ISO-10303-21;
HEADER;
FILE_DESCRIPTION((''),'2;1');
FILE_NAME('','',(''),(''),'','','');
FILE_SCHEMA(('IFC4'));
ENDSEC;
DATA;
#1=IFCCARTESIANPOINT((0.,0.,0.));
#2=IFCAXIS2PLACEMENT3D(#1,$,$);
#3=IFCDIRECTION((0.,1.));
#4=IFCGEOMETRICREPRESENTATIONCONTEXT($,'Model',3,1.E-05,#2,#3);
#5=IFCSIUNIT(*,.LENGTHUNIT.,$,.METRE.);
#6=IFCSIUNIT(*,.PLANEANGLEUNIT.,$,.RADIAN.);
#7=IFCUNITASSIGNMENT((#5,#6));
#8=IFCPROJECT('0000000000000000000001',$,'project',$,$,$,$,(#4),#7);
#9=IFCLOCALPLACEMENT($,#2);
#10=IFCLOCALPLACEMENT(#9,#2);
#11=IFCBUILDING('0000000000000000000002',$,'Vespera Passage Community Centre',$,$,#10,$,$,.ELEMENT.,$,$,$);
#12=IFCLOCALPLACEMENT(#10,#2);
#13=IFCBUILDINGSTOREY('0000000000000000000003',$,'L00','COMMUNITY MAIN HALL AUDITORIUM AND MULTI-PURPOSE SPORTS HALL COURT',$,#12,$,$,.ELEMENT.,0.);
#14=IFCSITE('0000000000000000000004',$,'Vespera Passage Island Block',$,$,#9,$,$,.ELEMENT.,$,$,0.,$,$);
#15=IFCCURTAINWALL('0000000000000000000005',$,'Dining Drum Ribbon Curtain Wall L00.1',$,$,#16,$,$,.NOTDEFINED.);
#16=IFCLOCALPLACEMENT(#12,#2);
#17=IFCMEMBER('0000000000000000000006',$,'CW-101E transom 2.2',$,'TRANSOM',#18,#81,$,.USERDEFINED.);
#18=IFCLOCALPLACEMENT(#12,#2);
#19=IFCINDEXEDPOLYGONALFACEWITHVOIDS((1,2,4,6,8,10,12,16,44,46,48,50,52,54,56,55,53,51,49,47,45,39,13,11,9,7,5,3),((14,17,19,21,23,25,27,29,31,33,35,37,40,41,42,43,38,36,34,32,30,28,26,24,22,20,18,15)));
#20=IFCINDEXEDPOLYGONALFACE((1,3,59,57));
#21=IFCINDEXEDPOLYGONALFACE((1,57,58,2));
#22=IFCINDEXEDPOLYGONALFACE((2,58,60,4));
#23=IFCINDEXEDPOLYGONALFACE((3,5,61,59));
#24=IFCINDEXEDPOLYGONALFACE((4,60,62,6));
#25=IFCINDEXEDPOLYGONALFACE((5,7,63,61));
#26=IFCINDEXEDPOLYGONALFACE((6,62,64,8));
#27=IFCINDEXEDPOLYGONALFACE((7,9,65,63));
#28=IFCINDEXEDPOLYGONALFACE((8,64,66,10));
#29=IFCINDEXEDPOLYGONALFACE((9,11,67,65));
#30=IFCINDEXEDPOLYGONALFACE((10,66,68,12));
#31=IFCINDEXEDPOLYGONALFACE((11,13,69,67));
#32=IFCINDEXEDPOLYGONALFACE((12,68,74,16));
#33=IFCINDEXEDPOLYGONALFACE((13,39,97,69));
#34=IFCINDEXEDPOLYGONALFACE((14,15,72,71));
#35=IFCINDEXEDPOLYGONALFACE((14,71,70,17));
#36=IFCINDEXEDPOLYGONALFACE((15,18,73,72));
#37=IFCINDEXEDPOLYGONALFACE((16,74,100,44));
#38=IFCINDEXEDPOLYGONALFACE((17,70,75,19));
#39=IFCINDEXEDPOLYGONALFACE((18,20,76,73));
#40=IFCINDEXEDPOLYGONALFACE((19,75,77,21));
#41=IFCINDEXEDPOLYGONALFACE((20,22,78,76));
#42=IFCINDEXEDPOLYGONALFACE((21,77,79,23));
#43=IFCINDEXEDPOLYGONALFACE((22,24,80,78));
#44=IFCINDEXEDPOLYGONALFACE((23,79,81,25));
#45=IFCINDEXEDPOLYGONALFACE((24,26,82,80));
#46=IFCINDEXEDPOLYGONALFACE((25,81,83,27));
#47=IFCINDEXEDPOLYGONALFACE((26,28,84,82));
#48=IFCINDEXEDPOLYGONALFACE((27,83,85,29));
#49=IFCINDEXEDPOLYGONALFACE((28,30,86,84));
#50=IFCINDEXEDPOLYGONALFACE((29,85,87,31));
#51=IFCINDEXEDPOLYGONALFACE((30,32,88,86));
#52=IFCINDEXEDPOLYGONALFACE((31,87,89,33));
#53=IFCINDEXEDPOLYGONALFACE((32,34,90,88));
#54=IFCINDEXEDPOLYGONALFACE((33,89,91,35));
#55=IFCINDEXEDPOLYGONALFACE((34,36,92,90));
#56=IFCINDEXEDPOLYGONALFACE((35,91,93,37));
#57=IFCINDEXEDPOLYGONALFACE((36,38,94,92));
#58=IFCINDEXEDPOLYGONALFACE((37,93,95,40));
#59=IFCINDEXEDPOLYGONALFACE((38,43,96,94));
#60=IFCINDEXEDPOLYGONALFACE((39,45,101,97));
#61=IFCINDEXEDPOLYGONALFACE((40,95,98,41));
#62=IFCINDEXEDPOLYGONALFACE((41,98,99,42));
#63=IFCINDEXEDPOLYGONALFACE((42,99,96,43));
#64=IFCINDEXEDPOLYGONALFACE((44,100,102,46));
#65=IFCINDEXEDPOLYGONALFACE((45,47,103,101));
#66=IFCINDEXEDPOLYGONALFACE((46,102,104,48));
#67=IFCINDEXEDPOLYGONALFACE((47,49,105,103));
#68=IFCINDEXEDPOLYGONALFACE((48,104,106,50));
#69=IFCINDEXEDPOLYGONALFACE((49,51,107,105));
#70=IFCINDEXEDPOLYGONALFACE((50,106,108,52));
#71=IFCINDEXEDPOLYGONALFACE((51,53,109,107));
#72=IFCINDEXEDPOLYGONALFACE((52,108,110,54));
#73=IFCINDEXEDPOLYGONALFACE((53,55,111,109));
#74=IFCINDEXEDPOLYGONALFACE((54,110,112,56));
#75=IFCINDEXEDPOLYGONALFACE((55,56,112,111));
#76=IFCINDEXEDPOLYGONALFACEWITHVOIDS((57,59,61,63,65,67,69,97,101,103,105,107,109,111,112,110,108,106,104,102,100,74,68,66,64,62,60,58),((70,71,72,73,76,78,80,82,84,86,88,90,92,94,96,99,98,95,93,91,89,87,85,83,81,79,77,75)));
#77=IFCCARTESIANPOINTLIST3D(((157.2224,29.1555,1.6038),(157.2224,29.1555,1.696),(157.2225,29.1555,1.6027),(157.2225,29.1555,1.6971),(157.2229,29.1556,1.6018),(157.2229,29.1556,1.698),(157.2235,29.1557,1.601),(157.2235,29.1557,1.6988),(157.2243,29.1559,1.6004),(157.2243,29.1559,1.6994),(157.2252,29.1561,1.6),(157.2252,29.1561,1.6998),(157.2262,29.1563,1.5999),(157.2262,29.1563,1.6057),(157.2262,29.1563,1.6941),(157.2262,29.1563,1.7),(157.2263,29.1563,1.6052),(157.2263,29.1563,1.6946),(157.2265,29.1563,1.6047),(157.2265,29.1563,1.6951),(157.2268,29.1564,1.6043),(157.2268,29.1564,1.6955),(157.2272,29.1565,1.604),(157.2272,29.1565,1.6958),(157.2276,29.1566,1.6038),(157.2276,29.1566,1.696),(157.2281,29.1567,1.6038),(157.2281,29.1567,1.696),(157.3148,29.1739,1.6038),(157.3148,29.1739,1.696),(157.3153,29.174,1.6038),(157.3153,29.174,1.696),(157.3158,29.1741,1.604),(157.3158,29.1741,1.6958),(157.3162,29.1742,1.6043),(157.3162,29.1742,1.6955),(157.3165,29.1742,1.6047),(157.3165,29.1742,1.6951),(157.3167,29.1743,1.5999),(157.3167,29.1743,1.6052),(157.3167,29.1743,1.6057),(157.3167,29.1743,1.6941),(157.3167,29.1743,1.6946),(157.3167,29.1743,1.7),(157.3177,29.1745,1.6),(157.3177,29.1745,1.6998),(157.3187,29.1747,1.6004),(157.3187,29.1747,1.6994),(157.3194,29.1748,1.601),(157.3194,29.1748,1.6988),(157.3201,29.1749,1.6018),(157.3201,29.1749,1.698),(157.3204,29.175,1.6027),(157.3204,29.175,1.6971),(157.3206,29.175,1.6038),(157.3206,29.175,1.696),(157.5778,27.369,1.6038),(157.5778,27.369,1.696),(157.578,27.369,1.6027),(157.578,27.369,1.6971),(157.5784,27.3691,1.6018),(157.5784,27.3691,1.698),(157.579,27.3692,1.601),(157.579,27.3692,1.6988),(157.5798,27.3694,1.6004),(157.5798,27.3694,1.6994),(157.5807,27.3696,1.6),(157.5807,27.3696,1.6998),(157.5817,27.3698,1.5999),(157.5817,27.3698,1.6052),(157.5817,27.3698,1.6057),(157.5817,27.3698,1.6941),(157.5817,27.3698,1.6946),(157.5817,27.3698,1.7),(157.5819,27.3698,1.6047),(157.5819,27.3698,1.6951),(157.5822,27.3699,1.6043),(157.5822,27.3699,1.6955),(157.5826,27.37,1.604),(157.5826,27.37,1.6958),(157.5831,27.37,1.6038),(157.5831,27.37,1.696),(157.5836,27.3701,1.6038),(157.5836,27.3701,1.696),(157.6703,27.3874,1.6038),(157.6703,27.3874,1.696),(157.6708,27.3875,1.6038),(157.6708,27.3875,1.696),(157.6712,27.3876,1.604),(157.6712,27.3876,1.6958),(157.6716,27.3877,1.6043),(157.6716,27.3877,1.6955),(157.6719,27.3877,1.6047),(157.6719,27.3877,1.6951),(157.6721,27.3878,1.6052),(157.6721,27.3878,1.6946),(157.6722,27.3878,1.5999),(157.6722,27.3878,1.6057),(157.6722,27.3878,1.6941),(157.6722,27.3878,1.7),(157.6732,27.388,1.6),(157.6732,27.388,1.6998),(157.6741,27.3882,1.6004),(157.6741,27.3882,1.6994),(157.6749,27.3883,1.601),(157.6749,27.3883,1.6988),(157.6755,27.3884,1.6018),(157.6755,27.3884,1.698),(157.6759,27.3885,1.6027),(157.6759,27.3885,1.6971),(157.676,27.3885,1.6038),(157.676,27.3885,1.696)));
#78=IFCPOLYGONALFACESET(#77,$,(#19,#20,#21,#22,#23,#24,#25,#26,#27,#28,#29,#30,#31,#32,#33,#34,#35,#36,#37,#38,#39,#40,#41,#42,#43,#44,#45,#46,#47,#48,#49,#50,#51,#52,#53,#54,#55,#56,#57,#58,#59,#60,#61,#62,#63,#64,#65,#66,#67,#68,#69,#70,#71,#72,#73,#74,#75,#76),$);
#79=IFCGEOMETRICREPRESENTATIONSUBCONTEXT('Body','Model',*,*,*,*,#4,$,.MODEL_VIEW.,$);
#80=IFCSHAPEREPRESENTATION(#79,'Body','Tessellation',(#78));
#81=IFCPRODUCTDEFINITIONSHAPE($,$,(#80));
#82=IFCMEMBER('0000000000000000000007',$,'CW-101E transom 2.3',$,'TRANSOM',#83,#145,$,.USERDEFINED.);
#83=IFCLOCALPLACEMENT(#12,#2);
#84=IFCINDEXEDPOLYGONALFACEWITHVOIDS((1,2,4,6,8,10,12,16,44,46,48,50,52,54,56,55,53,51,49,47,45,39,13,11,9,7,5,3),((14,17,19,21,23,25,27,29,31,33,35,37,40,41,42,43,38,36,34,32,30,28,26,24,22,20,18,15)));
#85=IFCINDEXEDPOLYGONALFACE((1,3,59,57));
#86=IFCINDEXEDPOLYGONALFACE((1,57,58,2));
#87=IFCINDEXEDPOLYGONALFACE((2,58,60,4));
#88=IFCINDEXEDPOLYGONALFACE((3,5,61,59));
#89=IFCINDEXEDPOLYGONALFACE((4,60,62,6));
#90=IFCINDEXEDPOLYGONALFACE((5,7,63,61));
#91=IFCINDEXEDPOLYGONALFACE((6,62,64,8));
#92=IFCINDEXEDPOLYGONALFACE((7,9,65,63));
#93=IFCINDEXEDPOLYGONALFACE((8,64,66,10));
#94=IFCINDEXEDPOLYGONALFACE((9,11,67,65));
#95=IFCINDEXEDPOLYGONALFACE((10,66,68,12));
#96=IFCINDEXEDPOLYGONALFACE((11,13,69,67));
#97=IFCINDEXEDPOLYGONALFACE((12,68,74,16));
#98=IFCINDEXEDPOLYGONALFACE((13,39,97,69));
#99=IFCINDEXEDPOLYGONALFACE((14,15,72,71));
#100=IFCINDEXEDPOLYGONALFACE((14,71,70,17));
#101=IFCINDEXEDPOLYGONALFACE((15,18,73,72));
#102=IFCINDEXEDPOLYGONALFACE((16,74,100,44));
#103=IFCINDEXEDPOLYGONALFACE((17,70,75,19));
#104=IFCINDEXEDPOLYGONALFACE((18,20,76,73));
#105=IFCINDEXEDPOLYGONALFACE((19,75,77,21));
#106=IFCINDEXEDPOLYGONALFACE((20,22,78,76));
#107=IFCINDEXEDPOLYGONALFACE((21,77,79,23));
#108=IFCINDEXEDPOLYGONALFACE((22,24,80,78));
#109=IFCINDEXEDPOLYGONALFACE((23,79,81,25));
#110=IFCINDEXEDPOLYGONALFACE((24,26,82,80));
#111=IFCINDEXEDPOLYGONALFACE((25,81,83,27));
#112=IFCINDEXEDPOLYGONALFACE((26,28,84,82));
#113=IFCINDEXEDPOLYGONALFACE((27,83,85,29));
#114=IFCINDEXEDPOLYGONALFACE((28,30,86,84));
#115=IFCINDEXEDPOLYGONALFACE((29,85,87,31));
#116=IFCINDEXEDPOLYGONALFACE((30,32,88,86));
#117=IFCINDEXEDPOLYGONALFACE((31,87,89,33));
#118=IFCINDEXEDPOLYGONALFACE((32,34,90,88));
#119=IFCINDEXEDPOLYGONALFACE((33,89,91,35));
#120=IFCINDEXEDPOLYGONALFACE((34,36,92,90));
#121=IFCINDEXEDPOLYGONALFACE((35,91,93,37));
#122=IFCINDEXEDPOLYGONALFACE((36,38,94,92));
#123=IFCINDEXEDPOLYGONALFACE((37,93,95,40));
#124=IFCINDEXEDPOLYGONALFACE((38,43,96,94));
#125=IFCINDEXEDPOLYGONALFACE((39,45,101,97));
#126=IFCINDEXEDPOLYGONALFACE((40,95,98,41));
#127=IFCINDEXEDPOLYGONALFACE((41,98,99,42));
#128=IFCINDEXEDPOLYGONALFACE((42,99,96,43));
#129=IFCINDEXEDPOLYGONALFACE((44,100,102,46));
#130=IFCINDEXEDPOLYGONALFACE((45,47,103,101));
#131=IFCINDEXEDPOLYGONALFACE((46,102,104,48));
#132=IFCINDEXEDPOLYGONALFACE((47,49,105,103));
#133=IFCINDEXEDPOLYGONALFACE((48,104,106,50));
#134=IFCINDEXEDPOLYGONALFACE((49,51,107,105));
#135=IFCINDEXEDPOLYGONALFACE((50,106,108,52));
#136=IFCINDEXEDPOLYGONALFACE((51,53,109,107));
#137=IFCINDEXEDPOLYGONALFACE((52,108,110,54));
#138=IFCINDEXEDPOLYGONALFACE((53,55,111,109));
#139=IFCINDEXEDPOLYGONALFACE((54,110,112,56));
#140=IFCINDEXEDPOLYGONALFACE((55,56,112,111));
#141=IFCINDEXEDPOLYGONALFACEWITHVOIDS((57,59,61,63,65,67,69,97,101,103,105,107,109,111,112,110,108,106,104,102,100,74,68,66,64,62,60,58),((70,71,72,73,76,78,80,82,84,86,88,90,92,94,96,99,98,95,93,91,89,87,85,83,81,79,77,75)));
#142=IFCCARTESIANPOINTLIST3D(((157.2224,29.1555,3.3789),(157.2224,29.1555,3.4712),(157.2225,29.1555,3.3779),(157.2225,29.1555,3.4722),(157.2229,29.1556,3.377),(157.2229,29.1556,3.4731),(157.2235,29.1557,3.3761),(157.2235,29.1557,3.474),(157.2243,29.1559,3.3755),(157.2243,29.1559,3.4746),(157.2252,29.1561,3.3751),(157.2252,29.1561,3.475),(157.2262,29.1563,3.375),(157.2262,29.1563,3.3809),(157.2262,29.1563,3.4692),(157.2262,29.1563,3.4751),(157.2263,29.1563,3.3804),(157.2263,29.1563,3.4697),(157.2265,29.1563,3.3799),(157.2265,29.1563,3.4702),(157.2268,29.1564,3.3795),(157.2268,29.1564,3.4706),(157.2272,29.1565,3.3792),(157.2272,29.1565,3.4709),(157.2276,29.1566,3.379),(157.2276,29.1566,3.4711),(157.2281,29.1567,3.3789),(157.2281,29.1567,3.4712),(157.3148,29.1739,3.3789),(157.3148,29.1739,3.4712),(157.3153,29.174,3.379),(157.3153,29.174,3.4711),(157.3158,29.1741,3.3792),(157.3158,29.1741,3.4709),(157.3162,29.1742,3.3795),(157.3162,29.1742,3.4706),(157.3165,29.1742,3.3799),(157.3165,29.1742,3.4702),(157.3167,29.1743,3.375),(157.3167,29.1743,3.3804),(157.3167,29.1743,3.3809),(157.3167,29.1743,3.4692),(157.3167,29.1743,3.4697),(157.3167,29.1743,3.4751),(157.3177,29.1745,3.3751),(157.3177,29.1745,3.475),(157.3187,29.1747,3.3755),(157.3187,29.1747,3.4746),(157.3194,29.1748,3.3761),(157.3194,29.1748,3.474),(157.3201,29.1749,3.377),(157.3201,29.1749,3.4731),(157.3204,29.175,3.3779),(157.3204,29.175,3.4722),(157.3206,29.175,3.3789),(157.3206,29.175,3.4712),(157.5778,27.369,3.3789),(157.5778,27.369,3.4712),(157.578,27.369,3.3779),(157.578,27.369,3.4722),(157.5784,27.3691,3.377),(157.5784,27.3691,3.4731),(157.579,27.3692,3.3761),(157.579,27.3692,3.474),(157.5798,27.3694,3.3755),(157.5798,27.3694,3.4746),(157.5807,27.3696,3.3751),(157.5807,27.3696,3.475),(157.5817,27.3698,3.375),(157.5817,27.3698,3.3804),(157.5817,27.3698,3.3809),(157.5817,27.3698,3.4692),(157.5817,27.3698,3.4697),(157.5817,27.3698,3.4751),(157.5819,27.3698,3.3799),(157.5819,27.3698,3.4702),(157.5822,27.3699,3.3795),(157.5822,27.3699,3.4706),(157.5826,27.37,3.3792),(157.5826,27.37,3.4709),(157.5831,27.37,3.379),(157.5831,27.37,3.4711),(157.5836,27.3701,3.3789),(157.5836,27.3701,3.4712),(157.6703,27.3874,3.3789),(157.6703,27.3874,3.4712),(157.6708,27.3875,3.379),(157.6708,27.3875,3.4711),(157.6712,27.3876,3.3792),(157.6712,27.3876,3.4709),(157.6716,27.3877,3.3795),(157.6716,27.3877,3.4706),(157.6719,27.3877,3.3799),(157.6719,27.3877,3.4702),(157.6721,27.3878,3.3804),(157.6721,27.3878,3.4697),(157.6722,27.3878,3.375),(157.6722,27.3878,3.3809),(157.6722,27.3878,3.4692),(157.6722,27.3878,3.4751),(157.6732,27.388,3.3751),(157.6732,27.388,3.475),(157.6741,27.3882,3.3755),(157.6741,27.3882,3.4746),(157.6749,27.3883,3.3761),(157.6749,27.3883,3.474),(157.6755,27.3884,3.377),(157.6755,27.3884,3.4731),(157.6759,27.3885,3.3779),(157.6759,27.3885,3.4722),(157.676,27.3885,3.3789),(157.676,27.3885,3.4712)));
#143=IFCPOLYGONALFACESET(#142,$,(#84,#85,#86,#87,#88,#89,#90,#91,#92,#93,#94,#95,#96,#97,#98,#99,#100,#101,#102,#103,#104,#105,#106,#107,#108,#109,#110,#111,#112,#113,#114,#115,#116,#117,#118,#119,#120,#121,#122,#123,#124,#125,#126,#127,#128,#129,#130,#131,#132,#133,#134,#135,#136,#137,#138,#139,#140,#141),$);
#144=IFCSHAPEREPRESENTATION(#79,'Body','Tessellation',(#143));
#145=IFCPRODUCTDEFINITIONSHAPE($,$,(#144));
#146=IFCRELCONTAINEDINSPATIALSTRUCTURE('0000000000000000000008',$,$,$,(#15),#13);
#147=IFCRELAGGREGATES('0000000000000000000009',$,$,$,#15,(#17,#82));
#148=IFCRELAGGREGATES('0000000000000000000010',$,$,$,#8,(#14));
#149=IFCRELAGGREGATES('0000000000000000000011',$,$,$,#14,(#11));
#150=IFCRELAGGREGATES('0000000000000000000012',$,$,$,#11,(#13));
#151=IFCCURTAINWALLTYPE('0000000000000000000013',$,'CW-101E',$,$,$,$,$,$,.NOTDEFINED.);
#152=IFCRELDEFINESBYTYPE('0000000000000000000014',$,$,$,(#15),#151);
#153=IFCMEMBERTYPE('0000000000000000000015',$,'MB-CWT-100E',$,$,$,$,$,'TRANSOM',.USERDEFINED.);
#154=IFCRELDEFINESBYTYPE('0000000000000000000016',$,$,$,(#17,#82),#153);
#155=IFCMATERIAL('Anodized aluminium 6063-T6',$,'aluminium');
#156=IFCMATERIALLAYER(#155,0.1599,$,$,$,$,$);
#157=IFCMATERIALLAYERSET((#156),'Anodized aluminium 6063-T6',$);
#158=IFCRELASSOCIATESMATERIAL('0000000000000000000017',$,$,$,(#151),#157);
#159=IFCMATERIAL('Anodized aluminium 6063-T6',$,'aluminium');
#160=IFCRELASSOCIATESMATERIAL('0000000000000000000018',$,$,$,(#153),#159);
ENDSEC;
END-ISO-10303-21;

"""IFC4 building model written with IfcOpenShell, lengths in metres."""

from ifc_helpers import new_model, si_unit, direction, frame, origin, origin_2d, place, context, subcontext, project, spatial, hollow_rectangle, extrude, material, layer, layer_set, material_profile, profile_set, type_object, element, aggregate, save


model = new_model("IFC4")

# Units and contexts
model_context = context("Model", 3, precision=1e-05, world=origin(), true_north=direction((0.0, 1.0)))
body_context = subcontext(model_context, "Body", "Model", "MODEL_VIEW")
ifc_project = project(units=[si_unit("LENGTHUNIT", "METRE"), si_unit("PLANEANGLEUNIT", "RADIAN")], contexts=[model_context])

# Site, building, storey
site_placement = place(None, origin())
site = spatial("IfcSite", under=ifc_project, at=site_placement, Name="Vespera Passage Island Block", CompositionType="ELEMENT", RefElevation=0.0)
building_placement = place(site_placement, origin())
building = spatial("IfcBuilding", under=site, at=building_placement, Name="Vespera Passage Community Centre", CompositionType="ELEMENT")
storey_placement = place(building_placement, origin())
storey = spatial("IfcBuildingStorey", under=building, at=storey_placement, Name="L00", Description="COMMUNITY MAIN HALL AUDITORIUM AND MULTI-PURPOSE SPORTS HALL COURT", CompositionType="ELEMENT", Elevation=0.0)

# Curtain wall
ifc_material_1 = material(Name="Anodized aluminium 6063-T6", Category="aluminium")
ifc_layer_1 = layer(ifc_material_1, 0.1599)
ifc_layer_set_1 = layer_set([ifc_layer_1], Name="Anodized aluminium 6063-T6")
curtain_wall_type_1 = type_object("IfcCurtainWallType", Name="CW-101E", PredefinedType="NOTDEFINED", material=ifc_layer_set_1)
curtain_wall_1_placement = place(storey_placement, origin())
curtain_wall_1 = element("IfcCurtainWall", 1, at=curtain_wall_1_placement, inside=storey, type_object=curtain_wall_type_1, Name="Dining Drum Ribbon Curtain Wall L00.1", PredefinedType="NOTDEFINED")

# Members
ifc_material_2 = material(Name="Anodized aluminium 6063-T6", Category="aluminium")
ifc_material_profile_1 = material_profile(ifc_material_2, hollow_rectangle(XDim=0.1001, YDim=0.1001, WallThickness=0.0039, InnerFilletRadius=0.002, OuterFilletRadius=0.0039, at=origin_2d()), Name="ALU100X100X4")
ifc_profile_set_1 = profile_set([ifc_material_profile_1], Name="Anodized aluminium 6063-T6")
member_type_1 = type_object("IfcMemberType", Name="MB-CWT-100E", ElementType="TRANSOM", PredefinedType="USERDEFINED", material=ifc_profile_set_1)
member_1_placement = place(storey_placement, frame((157.2715, 29.1653, 1.6499), z_axis=(0.195137, -0.980776, 0.0), x_axis=(0.980776, 0.195137, 0.0)))
member_1 = element("IfcMember", 2, at=member_1_placement, type_object=member_type_1, Name="CW-101E transom 2.2", ObjectType="TRANSOM", PredefinedType="USERDEFINED", context=body_context, shape_type="SweptSolid", body=[
    extrude(hollow_rectangle(XDim=0.1001, YDim=0.1001, WallThickness=0.0039, InnerFilletRadius=0.002, OuterFilletRadius=0.0039, at=origin_2d()), origin(), (0.0, 0.0, 1.0), 1.8215),
])
member_2_placement = place(storey_placement, frame((157.2715, 29.1653, 3.425), z_axis=(0.195137, -0.980776, 0.0), x_axis=(0.980776, 0.195137, 0.0)))
member_2 = element("IfcMember", 3, at=member_2_placement, type_object=member_type_1, Name="CW-101E transom 2.3", ObjectType="TRANSOM", PredefinedType="USERDEFINED", context=body_context, shape_type="SweptSolid", body=[
    extrude(hollow_rectangle(XDim=0.1001, YDim=0.1001, WallThickness=0.0039, InnerFilletRadius=0.002, OuterFilletRadius=0.0039, at=origin_2d()), origin(), (0.0, 0.0, 1.0), 1.8215),
])

aggregate(curtain_wall_1, [member_1, member_2])

save(model, "model.ifc")
